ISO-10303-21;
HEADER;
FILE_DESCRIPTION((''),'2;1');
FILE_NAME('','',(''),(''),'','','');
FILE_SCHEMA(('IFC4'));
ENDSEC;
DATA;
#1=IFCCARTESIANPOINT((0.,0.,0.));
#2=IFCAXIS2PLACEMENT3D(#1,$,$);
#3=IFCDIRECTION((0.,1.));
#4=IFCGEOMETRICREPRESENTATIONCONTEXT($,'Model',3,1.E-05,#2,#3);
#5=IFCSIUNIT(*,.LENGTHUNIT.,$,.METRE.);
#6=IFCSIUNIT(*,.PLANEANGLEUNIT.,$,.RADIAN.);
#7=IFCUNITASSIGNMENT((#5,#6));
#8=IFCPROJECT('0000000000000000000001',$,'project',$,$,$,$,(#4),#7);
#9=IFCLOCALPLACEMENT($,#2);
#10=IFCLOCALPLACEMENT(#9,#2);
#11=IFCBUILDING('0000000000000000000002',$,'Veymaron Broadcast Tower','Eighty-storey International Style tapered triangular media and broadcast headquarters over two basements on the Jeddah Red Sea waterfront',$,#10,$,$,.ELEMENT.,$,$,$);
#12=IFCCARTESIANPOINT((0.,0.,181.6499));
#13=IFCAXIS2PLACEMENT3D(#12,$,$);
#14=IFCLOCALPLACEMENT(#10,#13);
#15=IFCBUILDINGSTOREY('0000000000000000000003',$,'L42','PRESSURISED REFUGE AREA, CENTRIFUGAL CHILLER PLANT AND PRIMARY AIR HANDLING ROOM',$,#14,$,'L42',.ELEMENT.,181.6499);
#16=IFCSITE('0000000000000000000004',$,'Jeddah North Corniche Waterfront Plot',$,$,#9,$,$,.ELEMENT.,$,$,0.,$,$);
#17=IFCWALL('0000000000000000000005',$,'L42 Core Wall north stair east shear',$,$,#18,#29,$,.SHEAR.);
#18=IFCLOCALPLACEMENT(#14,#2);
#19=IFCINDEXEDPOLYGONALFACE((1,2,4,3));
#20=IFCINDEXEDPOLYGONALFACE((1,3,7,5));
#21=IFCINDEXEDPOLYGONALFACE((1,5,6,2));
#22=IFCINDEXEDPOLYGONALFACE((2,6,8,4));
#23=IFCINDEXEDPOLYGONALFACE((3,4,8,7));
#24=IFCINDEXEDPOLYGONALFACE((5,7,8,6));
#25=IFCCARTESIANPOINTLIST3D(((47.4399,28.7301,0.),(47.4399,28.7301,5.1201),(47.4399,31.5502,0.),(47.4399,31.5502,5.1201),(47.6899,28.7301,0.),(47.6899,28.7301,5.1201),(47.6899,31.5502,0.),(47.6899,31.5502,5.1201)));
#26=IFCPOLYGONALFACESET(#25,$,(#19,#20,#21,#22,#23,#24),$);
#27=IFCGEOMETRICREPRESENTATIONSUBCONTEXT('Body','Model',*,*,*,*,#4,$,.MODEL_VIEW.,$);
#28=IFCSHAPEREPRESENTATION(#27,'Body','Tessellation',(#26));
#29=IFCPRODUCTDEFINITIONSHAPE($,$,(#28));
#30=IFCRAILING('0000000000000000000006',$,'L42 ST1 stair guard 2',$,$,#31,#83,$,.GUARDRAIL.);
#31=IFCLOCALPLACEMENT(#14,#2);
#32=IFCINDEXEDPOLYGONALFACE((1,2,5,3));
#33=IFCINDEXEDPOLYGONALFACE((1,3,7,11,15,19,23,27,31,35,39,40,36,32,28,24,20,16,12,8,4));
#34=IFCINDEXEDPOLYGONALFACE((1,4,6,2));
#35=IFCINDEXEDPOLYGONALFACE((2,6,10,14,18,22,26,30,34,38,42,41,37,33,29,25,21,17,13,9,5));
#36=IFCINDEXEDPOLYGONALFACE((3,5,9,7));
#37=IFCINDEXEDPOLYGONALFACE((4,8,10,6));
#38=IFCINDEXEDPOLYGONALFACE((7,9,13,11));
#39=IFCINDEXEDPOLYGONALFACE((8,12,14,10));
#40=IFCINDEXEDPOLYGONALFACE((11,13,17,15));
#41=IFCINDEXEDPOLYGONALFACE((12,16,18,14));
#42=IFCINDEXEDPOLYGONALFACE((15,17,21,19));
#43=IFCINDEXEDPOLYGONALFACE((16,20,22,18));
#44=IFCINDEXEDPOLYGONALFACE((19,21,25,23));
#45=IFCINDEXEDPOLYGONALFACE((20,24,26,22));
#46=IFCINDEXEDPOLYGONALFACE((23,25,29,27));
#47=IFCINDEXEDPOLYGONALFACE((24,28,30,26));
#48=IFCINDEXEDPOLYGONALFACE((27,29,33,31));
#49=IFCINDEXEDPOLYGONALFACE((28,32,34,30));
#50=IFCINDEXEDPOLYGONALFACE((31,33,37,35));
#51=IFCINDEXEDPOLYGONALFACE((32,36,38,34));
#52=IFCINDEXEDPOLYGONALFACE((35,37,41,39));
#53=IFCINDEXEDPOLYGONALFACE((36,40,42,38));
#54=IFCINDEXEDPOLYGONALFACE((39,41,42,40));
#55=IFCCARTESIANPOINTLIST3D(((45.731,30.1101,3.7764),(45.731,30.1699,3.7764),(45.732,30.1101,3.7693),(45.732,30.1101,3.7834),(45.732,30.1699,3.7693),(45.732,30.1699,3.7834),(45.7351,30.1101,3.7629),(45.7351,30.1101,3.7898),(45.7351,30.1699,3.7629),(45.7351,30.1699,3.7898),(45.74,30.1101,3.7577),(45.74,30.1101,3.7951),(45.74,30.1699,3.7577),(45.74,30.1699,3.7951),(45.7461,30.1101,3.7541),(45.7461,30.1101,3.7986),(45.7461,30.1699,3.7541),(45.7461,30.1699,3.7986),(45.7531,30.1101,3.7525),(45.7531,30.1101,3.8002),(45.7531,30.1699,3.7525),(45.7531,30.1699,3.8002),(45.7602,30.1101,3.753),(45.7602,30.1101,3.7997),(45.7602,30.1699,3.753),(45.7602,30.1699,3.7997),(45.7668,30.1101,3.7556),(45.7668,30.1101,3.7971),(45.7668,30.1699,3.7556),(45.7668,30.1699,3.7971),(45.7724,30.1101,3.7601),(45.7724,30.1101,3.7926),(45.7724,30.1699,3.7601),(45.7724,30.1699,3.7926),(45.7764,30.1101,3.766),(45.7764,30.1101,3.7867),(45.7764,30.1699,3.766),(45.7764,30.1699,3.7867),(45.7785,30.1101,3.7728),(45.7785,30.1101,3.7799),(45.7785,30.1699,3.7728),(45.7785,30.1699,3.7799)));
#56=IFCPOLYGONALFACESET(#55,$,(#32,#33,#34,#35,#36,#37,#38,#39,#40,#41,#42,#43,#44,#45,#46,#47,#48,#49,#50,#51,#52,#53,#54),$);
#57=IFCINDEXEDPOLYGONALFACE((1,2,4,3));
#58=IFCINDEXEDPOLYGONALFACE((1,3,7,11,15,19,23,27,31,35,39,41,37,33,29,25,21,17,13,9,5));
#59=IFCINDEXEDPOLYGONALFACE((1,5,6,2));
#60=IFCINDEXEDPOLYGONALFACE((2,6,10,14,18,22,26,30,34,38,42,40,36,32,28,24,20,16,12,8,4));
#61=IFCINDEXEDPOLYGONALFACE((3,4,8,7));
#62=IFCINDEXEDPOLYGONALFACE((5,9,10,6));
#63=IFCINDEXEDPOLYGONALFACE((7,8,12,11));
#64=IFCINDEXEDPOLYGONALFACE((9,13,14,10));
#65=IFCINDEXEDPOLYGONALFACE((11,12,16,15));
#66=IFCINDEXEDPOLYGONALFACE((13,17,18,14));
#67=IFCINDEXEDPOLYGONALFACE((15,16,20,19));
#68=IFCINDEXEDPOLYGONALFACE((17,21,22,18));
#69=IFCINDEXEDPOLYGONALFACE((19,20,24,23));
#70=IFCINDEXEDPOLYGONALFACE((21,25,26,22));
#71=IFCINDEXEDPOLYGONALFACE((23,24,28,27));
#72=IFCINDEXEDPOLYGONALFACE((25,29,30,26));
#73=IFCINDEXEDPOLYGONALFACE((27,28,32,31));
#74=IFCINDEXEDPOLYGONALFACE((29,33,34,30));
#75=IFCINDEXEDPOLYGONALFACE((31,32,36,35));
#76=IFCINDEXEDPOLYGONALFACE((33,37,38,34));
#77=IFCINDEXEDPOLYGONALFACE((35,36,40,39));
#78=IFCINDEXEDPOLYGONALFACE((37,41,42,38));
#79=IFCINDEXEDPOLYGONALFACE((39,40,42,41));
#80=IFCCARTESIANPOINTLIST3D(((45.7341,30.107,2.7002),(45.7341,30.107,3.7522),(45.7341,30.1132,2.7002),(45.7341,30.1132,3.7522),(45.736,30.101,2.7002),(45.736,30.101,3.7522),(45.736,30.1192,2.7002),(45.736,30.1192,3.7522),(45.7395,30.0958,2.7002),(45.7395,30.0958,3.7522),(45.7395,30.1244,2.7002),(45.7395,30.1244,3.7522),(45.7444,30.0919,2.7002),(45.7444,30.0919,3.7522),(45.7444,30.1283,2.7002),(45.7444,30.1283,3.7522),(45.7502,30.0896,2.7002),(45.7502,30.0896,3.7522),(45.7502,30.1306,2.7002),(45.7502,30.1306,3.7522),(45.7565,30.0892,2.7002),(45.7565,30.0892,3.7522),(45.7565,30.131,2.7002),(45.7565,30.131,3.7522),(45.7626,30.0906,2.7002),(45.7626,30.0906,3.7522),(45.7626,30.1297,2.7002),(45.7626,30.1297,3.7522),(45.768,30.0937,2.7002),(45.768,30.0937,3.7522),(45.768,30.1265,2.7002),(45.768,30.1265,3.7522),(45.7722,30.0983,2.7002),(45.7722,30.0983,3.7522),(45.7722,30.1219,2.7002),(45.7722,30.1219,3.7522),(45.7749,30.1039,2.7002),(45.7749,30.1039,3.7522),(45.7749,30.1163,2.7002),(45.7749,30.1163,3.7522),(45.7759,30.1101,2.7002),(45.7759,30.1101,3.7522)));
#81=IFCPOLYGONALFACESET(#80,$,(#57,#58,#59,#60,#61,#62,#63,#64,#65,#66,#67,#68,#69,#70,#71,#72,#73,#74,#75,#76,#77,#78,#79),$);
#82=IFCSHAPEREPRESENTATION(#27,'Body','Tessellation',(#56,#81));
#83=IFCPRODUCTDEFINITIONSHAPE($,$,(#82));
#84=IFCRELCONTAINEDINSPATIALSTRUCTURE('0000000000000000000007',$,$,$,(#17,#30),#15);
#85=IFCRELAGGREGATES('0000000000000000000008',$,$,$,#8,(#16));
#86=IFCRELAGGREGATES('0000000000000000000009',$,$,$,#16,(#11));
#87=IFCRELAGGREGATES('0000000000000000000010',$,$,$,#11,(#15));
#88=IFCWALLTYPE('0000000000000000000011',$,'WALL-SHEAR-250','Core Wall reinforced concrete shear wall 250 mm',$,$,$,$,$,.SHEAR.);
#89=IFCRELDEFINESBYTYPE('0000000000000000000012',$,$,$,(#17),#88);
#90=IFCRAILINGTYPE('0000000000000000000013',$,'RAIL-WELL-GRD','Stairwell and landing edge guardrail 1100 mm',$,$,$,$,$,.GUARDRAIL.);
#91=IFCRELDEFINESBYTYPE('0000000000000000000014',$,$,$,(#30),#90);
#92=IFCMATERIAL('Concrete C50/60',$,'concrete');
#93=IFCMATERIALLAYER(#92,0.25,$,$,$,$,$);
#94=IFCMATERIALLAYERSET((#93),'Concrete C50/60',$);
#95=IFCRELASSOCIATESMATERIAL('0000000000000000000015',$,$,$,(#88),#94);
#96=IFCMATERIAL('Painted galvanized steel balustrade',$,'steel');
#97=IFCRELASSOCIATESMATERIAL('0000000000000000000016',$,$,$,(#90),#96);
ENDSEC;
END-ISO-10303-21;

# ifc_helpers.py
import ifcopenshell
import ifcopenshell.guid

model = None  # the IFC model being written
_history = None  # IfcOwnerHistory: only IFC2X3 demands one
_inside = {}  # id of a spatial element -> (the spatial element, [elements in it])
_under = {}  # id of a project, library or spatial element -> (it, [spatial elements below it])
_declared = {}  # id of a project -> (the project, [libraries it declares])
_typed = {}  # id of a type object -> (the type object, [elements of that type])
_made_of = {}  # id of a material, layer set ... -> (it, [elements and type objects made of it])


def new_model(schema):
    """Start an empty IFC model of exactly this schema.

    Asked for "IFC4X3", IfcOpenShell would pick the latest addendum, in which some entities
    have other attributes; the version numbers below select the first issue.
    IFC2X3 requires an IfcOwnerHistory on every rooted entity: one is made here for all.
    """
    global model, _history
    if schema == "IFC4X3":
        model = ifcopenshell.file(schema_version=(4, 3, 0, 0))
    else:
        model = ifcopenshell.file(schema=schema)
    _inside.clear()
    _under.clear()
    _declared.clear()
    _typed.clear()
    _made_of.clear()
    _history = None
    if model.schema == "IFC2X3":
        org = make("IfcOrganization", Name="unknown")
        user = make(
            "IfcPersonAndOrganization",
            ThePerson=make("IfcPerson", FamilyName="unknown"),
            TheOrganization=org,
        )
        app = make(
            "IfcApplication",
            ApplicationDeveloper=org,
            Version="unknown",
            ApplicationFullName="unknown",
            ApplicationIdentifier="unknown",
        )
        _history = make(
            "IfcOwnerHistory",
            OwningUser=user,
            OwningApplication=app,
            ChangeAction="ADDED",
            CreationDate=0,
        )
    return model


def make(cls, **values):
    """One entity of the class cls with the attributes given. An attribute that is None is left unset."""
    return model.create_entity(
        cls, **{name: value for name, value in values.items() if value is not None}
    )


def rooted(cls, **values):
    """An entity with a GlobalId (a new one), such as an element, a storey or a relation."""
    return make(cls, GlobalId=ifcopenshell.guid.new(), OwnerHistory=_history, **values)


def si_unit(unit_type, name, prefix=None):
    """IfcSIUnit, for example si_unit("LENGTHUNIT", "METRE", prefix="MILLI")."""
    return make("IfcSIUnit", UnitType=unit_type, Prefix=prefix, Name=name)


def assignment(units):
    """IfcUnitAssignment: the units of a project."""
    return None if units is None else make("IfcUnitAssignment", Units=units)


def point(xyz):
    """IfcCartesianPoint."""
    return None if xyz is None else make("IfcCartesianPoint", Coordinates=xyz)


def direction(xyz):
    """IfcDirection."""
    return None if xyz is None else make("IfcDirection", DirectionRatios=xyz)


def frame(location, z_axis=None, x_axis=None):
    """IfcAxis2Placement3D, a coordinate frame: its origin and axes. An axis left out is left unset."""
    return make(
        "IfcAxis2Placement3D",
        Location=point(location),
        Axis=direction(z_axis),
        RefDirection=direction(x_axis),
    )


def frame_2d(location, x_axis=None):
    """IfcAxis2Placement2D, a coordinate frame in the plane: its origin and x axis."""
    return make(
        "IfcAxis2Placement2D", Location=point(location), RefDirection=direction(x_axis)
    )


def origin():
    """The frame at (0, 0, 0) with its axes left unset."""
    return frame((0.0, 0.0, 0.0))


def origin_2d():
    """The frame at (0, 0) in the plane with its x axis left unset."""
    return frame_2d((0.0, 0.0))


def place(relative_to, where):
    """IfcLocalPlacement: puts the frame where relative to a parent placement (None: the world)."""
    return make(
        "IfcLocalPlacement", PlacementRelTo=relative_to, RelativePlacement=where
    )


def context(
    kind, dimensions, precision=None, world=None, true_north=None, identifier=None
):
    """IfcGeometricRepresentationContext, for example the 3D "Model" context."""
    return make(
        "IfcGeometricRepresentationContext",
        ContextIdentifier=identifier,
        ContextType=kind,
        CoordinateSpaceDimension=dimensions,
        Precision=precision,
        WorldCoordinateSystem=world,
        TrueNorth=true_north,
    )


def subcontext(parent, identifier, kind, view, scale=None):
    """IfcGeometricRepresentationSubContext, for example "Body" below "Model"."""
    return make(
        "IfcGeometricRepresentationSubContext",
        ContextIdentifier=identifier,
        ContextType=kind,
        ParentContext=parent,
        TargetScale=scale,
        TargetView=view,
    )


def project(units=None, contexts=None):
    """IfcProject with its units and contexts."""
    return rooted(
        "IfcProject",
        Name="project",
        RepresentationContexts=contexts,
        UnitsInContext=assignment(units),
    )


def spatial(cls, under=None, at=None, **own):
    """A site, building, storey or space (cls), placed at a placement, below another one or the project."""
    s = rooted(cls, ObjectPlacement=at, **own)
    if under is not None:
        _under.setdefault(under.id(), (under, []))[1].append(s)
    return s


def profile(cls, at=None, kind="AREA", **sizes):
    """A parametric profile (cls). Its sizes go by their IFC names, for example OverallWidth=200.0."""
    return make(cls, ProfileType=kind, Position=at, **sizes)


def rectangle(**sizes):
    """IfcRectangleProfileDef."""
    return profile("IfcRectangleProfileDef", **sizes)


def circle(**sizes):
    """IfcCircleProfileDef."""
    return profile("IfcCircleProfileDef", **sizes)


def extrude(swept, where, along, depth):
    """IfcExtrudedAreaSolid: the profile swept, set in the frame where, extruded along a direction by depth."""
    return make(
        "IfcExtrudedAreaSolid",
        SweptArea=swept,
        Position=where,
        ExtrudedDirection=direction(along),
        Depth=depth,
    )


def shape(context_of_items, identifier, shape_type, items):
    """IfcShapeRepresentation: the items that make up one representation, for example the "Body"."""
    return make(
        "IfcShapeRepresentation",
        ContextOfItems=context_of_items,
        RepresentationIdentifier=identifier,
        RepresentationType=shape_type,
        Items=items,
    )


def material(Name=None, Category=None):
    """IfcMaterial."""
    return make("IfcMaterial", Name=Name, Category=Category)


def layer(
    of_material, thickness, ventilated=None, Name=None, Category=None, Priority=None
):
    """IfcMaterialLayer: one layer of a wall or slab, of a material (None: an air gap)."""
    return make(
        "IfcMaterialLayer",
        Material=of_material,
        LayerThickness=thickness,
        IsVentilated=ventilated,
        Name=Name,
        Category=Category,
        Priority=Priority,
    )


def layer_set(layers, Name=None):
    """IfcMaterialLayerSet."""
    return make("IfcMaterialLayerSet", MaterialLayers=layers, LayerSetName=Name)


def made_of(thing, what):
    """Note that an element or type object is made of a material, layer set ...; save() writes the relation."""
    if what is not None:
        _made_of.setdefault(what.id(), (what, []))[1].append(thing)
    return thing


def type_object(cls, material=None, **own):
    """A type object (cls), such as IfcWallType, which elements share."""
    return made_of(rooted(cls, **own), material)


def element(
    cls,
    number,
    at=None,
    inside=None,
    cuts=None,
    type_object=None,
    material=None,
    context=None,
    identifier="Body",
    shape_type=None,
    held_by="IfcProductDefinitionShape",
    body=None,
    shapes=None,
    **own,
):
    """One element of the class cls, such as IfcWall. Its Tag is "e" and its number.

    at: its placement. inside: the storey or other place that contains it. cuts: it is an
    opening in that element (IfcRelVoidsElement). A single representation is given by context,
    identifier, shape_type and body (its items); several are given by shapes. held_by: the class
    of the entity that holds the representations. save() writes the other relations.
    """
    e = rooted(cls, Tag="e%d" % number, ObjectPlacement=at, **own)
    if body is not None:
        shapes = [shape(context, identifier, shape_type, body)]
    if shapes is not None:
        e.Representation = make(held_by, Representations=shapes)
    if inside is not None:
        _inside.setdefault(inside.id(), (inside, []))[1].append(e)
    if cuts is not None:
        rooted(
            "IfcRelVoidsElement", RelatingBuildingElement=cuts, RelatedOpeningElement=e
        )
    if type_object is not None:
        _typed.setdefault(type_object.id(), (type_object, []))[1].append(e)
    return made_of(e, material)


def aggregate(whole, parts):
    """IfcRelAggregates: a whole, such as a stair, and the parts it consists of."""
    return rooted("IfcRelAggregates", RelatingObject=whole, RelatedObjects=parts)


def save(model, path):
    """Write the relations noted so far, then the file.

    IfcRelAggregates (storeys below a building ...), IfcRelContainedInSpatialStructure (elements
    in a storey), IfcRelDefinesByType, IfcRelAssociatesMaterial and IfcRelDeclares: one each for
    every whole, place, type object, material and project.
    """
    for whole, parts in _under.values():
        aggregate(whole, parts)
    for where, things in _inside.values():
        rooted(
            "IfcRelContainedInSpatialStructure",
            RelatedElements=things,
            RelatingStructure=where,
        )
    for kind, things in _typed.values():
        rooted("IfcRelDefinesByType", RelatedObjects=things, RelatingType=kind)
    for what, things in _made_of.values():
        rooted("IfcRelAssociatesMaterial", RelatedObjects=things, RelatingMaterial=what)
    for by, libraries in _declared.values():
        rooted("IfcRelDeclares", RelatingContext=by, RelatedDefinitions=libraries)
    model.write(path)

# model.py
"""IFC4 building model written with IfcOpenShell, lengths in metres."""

from ifc_helpers import new_model, si_unit, direction, frame, frame_2d, origin, origin_2d, place, context, subcontext, project, spatial, rectangle, circle, extrude, material, layer, layer_set, type_object, element, save


model = new_model("IFC4")

# Units and contexts
model_context = context("Model", 3, precision=1e-05, world=origin(), true_north=direction((0.0, 1.0)))
body_context = subcontext(model_context, "Body", "Model", "MODEL_VIEW")
ifc_project = project(units=[si_unit("LENGTHUNIT", "METRE"), si_unit("PLANEANGLEUNIT", "RADIAN")], contexts=[model_context])

# Site, building, storey
site_placement = place(None, origin())
site = spatial("IfcSite", under=ifc_project, at=site_placement, Name="Jeddah North Corniche Waterfront Plot", CompositionType="ELEMENT", RefElevation=0.0)
building_placement = place(site_placement, origin())
building = spatial("IfcBuilding", under=site, at=building_placement, Name="Veymaron Broadcast Tower", Description="Eighty-storey International Style tapered triangular media and broadcast headquarters over two basements on the Jeddah Red Sea waterfront", CompositionType="ELEMENT")
storey_placement = place(building_placement, frame((0.0, 0.0, 181.6499)))
storey = spatial("IfcBuildingStorey", under=building, at=storey_placement, Name="L42", Description="PRESSURISED REFUGE AREA, CENTRIFUGAL CHILLER PLANT AND PRIMARY AIR HANDLING ROOM", LongName="L42", CompositionType="ELEMENT", Elevation=181.6499)

# Wall
ifc_material_1 = material(Name="Concrete C50/60", Category="concrete")
ifc_layer_1 = layer(ifc_material_1, 0.25)
ifc_layer_set_1 = layer_set([ifc_layer_1], Name="Concrete C50/60")
wall_type_1 = type_object("IfcWallType", Name="WALL-SHEAR-250", Description="Core Wall reinforced concrete shear wall 250 mm", PredefinedType="SHEAR", material=ifc_layer_set_1)
wall_1_placement = place(storey_placement, frame((47.5649, 28.73, 0.0), z_axis=(0.0, 0.0, 1.0), x_axis=(0.0, 1.0, 0.0)))
element("IfcWall", 1, at=wall_1_placement, inside=storey, type_object=wall_type_1, Name="L42 Core Wall north stair east shear", PredefinedType="SHEAR", context=body_context, shape_type="SweptSolid", body=[
    extrude(rectangle(XDim=2.8201, YDim=0.25, at=frame_2d((1.4102, 0.0))), origin(), (0.0, 0.0, 1.0), 5.1201),
])

# Railing
ifc_material_2 = material(Name="Painted galvanized steel balustrade", Category="steel")
railing_type = type_object("IfcRailingType", Name="RAIL-WELL-GRD", Description="Stairwell and landing edge guardrail 1100 mm", PredefinedType="GUARDRAIL", material=ifc_material_2)
railing_placement = place(storey_placement, frame((45.7549, 30.1101, 2.7002)))
element("IfcRailing", 2, at=railing_placement, inside=storey, type_object=railing_type, Name="L42 ST1 stair guard 2", PredefinedType="GUARDRAIL", context=body_context, shape_type="SweptSolid", body=[
    extrude(circle(Radius=0.0239, at=origin_2d()), frame((0.0, 0.0, 1.0762), z_axis=(0.0, 1.0, 0.0), x_axis=(-1.0, 0.0, 0.0)), (0.0, 0.0, 1.0), 0.0598),
    extrude(circle(Radius=0.021, at=origin_2d()), origin(), (0.0, 0.0, 1.0), 1.052),
])

save(model, "model.ifc")
